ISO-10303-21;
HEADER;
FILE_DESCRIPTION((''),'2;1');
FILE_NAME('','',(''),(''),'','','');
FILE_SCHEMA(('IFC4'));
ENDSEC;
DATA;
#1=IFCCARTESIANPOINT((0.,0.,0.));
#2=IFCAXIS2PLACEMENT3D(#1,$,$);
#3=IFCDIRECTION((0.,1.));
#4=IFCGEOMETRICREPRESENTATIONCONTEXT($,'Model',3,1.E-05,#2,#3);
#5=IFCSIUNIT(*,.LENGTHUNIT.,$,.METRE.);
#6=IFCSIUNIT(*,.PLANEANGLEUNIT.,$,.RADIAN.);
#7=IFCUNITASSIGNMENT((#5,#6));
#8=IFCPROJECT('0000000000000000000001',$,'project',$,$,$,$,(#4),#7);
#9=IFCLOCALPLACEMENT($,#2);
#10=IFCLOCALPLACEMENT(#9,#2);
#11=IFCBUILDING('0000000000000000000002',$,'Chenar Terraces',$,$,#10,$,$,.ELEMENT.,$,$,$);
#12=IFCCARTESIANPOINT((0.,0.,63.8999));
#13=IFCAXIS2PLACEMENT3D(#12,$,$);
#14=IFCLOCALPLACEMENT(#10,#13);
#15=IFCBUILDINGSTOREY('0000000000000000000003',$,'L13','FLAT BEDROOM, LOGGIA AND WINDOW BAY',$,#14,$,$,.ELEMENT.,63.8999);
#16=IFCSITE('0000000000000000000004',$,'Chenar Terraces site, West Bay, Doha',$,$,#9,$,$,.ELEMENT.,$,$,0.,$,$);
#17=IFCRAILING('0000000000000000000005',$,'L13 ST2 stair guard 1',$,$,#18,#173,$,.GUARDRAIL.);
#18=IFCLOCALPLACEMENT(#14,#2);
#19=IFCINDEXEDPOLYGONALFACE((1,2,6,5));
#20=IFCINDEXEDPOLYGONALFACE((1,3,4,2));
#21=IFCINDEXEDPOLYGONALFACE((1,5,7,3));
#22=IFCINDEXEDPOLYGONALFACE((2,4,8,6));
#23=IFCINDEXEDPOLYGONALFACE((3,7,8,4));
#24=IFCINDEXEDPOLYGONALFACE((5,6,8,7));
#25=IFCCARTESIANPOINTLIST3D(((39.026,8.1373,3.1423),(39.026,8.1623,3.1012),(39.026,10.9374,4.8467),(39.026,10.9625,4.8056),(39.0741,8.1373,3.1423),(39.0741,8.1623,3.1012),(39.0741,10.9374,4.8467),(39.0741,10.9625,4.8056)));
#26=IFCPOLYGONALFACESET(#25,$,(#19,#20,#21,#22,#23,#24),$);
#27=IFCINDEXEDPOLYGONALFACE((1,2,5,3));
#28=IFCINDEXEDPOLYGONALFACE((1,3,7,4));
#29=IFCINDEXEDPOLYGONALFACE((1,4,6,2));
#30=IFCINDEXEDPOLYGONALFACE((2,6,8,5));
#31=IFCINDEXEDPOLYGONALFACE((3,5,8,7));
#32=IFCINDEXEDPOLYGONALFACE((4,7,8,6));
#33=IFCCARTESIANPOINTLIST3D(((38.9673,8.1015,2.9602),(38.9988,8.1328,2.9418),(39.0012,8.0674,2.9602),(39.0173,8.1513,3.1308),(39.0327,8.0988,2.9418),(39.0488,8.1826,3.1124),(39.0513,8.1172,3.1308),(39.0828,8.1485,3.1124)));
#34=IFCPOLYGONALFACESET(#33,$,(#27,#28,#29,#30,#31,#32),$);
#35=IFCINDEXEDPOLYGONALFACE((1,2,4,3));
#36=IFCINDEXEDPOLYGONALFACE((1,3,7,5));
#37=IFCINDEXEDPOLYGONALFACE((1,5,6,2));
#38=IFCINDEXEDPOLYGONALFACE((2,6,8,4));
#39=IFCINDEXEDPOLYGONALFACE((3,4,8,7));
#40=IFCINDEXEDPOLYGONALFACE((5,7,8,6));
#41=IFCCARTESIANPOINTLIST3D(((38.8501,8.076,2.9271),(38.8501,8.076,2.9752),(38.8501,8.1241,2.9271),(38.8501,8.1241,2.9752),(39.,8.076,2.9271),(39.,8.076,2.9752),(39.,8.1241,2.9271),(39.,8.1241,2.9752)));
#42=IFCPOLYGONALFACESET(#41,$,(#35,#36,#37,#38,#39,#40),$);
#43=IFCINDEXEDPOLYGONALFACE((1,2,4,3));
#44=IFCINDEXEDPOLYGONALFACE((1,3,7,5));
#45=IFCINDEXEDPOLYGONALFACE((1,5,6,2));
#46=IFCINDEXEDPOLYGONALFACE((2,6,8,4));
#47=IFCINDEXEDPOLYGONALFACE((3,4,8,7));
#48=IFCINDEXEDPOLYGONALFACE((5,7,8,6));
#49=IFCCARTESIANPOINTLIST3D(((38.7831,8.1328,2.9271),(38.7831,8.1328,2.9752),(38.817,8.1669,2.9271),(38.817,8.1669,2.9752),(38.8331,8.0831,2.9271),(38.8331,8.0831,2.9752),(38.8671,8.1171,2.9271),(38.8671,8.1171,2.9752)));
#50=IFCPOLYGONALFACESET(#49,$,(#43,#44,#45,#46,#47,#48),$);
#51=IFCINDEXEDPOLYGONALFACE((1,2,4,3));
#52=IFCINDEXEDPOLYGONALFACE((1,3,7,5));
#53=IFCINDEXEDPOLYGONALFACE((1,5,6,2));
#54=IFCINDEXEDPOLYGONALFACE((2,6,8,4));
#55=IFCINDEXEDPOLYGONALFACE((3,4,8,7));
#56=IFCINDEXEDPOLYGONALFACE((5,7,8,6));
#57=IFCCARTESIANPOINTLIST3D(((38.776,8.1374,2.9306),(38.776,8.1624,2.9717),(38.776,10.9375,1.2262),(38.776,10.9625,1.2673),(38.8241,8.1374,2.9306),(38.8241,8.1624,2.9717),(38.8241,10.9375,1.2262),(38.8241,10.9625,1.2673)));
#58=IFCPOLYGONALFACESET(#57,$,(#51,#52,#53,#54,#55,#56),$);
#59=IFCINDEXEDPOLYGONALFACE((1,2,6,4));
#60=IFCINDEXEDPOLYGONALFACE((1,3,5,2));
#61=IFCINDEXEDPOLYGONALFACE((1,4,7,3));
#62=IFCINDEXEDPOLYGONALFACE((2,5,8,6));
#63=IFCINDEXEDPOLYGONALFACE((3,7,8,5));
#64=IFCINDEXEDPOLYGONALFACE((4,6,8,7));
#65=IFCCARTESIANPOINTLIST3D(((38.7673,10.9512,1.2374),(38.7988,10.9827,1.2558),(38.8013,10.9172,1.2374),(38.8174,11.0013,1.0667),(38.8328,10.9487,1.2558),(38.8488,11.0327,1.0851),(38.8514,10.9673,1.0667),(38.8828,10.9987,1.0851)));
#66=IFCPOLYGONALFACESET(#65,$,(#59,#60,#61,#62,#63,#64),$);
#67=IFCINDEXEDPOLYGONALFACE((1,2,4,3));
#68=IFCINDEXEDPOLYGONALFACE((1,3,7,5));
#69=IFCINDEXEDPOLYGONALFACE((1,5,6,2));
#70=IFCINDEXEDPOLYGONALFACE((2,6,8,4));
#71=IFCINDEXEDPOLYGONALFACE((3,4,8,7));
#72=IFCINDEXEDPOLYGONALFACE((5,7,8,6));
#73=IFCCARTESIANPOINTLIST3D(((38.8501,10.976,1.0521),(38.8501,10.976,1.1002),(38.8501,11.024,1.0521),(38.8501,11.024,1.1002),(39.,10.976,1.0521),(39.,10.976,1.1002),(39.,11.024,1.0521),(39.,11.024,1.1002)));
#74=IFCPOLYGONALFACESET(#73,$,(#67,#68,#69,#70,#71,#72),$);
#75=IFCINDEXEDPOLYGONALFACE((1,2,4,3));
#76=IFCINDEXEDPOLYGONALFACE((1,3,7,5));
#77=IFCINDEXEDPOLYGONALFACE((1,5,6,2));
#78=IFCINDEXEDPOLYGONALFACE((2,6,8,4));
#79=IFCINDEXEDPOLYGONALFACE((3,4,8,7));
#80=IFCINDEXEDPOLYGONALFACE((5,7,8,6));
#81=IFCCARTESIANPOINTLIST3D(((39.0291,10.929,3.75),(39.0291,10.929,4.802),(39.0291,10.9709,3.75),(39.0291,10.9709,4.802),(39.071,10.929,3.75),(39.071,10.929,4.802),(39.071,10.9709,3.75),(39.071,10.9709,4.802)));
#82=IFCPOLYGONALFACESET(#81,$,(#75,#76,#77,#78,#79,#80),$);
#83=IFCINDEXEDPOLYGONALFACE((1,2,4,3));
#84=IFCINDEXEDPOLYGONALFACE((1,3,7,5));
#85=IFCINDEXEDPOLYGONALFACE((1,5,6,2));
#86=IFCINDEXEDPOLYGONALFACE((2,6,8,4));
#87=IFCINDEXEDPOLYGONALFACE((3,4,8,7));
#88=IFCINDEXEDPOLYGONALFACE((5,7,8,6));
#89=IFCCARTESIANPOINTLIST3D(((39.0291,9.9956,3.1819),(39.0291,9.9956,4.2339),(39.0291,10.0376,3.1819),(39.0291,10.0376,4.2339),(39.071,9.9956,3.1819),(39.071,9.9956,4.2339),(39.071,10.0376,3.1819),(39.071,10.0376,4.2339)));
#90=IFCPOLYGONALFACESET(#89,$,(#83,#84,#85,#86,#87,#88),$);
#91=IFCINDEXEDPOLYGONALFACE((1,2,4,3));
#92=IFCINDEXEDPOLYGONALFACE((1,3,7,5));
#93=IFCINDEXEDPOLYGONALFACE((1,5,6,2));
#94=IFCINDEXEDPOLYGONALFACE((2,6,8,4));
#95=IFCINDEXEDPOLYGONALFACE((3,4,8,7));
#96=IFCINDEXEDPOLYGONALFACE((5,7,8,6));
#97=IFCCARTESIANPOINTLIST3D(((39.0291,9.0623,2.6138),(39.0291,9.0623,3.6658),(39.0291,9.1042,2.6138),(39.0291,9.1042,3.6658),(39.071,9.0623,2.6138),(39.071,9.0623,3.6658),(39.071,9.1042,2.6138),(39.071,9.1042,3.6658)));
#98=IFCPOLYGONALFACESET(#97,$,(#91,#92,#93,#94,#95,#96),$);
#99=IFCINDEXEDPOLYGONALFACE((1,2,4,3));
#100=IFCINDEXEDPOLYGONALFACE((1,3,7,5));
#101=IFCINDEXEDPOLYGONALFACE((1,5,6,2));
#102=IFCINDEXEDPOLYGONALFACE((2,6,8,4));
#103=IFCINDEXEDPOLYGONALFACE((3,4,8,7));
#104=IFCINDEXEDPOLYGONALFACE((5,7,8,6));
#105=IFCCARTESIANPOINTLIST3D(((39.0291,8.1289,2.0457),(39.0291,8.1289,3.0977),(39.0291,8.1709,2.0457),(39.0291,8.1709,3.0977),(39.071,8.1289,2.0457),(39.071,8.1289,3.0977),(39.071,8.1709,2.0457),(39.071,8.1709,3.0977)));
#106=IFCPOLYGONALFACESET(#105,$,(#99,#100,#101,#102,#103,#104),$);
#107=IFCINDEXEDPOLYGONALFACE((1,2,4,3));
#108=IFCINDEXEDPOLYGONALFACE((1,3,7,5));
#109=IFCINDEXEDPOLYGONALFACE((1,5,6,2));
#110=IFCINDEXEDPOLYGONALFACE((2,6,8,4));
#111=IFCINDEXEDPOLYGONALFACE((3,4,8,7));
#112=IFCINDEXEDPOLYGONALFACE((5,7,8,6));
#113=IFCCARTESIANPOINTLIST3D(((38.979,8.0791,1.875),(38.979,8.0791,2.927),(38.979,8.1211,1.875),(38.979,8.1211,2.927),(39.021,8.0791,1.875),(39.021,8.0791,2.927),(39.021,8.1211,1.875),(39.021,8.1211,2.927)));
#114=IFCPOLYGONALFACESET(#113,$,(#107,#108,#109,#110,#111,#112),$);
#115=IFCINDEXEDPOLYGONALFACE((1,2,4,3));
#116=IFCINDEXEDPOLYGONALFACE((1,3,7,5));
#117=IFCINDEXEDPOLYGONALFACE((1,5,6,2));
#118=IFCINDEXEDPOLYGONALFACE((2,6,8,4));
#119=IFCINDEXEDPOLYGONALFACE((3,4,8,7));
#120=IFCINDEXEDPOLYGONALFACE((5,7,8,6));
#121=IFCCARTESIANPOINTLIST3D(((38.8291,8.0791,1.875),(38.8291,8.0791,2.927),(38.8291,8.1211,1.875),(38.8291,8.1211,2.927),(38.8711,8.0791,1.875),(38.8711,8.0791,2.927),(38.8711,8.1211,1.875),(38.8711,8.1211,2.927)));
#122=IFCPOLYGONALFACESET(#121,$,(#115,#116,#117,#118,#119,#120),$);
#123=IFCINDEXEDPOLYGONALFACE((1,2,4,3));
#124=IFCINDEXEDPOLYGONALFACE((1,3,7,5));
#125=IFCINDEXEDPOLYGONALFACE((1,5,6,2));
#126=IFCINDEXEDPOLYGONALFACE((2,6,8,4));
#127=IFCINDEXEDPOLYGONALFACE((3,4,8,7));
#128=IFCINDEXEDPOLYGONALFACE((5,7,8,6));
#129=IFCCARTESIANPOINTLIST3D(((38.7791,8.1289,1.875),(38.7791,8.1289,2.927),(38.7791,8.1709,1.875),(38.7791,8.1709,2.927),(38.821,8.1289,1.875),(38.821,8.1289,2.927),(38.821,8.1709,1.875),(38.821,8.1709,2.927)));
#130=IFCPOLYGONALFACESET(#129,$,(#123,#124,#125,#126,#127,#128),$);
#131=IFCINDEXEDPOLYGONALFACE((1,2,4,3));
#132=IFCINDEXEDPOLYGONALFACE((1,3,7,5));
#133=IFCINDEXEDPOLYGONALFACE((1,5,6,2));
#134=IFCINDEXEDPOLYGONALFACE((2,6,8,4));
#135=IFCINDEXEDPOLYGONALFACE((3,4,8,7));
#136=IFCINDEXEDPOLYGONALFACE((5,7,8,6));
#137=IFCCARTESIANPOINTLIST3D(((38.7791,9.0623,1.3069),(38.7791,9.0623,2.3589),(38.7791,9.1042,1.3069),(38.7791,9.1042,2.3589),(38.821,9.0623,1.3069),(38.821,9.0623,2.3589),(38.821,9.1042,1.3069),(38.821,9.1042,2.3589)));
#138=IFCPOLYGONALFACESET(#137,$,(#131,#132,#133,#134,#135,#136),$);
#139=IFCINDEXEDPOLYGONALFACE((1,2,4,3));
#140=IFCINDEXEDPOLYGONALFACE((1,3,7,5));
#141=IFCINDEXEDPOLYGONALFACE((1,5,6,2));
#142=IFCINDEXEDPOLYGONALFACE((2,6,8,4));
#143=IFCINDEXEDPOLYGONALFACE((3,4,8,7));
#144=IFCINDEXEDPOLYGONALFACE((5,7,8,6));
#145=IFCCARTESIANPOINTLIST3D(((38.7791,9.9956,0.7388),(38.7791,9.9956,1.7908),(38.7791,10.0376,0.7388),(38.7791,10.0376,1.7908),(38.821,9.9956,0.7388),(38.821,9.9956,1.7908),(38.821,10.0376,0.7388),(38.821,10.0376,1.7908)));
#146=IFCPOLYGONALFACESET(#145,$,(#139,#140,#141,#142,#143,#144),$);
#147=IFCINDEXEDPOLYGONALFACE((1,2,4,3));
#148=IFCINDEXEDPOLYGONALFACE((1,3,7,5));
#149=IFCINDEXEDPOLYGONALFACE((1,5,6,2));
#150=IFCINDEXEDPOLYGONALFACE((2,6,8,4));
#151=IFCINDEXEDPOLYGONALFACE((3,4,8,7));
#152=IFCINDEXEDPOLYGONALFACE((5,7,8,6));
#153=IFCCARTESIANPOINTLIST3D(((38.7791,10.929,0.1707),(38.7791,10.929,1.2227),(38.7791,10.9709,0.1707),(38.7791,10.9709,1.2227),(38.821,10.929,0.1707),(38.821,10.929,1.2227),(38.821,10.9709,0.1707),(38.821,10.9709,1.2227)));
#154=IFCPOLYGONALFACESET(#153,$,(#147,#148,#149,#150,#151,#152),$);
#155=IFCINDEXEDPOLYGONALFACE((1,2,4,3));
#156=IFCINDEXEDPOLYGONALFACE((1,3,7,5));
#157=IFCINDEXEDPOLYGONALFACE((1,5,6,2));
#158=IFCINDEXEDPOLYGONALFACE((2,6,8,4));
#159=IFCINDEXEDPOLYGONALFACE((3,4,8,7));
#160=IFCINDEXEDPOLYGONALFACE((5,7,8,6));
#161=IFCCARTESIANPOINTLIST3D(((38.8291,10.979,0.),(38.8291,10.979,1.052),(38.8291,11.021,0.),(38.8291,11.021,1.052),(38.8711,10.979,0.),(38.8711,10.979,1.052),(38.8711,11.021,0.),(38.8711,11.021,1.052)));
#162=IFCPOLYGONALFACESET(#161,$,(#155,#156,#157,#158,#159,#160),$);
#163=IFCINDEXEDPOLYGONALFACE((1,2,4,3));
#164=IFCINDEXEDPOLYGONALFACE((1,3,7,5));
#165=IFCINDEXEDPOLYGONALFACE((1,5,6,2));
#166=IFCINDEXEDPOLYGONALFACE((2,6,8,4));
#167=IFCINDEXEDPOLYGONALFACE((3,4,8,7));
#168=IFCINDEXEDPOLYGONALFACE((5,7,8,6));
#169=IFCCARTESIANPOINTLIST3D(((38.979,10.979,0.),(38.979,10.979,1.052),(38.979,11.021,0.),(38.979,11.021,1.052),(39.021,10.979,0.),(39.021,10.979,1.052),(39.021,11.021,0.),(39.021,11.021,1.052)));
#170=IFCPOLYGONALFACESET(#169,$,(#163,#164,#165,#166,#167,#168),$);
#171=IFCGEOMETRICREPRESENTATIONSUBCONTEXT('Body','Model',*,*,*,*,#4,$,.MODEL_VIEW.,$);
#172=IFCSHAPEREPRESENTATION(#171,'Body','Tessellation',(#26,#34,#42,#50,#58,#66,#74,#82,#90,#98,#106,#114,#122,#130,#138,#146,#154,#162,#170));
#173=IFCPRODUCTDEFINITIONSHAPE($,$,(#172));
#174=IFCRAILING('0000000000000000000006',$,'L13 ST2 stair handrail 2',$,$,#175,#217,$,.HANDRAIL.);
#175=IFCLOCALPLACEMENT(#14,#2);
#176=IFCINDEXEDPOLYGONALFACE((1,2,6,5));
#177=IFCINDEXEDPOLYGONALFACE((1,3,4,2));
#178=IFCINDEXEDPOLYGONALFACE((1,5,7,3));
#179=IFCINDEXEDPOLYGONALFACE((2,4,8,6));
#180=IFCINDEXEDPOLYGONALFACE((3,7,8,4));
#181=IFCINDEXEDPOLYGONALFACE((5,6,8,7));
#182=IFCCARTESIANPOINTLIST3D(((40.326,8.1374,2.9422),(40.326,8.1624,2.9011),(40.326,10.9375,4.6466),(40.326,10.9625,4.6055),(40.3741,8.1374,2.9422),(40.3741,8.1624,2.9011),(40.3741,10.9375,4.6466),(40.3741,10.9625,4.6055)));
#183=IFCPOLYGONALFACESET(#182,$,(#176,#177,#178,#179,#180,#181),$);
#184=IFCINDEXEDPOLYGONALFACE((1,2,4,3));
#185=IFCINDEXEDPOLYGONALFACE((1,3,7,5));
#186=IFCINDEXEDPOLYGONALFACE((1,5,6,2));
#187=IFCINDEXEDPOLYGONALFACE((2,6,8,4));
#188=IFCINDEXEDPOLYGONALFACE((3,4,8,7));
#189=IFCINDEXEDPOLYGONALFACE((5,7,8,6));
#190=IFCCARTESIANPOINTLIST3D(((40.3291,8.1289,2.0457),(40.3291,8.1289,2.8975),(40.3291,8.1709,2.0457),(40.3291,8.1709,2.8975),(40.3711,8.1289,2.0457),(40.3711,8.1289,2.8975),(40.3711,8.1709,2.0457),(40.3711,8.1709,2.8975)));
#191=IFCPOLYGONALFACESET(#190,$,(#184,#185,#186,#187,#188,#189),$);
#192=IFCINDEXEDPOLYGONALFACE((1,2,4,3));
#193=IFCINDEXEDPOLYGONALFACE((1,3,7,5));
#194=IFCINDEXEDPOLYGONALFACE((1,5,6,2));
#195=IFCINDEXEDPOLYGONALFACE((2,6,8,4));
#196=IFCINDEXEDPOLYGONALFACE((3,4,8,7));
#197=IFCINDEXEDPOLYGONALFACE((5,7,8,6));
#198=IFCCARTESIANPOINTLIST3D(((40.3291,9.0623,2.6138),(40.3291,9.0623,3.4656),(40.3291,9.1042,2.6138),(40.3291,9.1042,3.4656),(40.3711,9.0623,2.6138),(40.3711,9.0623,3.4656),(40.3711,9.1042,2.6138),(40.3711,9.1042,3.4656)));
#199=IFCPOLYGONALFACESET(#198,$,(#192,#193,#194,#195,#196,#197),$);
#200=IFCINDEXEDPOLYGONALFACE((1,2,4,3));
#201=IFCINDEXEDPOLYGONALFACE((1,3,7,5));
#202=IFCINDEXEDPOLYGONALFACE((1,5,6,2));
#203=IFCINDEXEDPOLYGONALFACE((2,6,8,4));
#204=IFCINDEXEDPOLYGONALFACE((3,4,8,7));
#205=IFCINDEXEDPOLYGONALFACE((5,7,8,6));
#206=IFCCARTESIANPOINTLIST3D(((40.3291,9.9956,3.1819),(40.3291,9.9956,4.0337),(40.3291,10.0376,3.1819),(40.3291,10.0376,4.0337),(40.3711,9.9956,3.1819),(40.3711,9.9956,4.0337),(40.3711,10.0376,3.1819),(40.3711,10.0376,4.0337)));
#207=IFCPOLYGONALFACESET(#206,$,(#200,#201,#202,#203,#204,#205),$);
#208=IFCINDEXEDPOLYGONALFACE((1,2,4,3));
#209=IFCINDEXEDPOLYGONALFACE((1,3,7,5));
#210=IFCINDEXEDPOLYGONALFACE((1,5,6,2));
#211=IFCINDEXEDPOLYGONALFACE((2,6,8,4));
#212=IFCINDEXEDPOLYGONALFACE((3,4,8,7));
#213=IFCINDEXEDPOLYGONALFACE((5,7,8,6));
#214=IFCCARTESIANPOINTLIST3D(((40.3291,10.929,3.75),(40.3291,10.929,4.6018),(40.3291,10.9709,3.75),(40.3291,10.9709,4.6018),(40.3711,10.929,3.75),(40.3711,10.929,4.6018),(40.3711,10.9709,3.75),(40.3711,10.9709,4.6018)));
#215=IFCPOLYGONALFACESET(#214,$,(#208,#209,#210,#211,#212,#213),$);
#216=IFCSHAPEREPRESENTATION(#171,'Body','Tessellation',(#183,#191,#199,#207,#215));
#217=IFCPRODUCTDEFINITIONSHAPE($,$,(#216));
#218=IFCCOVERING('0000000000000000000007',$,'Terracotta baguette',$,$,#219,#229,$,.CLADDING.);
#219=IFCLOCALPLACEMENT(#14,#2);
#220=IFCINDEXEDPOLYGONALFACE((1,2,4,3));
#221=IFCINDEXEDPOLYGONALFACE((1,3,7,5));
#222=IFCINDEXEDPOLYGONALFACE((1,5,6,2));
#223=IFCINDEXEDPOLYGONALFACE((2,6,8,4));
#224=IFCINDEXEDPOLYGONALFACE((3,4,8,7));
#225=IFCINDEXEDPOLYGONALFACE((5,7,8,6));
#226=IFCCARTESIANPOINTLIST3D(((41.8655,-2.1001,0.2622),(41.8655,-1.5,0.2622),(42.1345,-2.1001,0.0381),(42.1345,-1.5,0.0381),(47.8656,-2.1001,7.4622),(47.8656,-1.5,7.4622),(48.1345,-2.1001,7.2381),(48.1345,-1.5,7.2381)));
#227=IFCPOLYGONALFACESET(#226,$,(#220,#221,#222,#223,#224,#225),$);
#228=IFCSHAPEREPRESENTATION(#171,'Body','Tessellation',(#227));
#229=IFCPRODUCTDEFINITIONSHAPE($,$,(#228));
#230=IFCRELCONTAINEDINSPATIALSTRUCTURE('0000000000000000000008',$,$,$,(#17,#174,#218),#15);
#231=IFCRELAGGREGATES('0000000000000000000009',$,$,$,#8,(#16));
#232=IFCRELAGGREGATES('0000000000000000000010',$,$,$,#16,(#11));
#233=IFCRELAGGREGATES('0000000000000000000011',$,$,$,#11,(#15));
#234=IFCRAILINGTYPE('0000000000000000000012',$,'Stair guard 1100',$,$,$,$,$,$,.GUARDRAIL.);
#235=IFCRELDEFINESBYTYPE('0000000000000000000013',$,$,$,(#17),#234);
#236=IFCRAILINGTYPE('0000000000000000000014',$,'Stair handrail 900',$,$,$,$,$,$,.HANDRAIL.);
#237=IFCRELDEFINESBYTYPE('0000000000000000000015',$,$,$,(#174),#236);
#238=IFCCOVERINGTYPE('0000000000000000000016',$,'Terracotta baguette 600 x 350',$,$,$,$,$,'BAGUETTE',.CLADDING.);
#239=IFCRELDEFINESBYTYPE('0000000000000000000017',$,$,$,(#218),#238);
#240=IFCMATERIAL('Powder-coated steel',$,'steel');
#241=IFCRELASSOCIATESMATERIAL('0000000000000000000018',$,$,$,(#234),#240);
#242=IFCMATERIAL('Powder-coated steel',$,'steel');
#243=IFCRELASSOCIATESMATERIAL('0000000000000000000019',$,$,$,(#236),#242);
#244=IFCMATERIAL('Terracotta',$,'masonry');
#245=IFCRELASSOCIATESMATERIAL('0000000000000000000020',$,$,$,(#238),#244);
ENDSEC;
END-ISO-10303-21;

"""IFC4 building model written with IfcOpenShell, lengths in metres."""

from ifc_helpers import new_model, si_unit, direction, frame, origin, origin_2d, place, context, subcontext, project, spatial, rectangle, extrude, material, material_profile, profile_set, type_object, element, save


model = new_model("IFC4")

# Units and contexts
model_context = context("Model", 3, precision=1e-05, world=origin(), true_north=direction((0.0, 1.0)))
body_context = subcontext(model_context, "Body", "Model", "MODEL_VIEW")
ifc_project = project(units=[si_unit("LENGTHUNIT", "METRE"), si_unit("PLANEANGLEUNIT", "RADIAN")], contexts=[model_context])

# Site, building, storey
site_placement = place(None, origin())
site = spatial("IfcSite", under=ifc_project, at=site_placement, Name="Chenar Terraces site, West Bay, Doha", CompositionType="ELEMENT", RefElevation=0.0)
building_placement = place(site_placement, origin())
building = spatial("IfcBuilding", under=site, at=building_placement, Name="Chenar Terraces", CompositionType="ELEMENT")
storey_placement = place(building_placement, frame((0.0, 0.0, 63.8999)))
storey = spatial("IfcBuildingStorey", under=building, at=storey_placement, Name="L13", Description="FLAT BEDROOM, LOGGIA AND WINDOW BAY", CompositionType="ELEMENT", Elevation=63.8999)

# Railings
ifc_material_1 = material(Name="Powder-coated steel", Category="steel")
railing_type_1 = type_object("IfcRailingType", Name="Stair guard 1100", PredefinedType="GUARDRAIL", material=ifc_material_1)
railing_1_placement = place(storey_placement, frame((39.05, 10.95, 3.75)))
element("IfcRailing", 1, at=railing_1_placement, inside=storey, type_object=railing_type_1, Name="L13 ST2 stair guard 1", PredefinedType="GUARDRAIL", context=body_context, shape_type="SweptSolid", body=[
    extrude(rectangle(XDim=0.0481, YDim=0.0481, at=origin_2d()), frame((0.0, 0.0, 1.0762), z_axis=(0.0, -0.854203, -0.51994), x_axis=(1.0, 0.0, 0.0)), (0.0, 0.0, 1.0), 3.2781),
    extrude(rectangle(XDim=0.0481, YDim=0.0481, at=origin_2d()), frame((0.0, -2.8, -0.6284), z_axis=(-0.270997, -0.269675, -0.924033), x_axis=(0.705376, -0.708834, 0.0)), (0.0, 0.0, 1.0), 0.1846),
    extrude(rectangle(XDim=0.0481, YDim=0.0481, at=origin_2d()), frame((-0.05, -2.8499, -0.7988), z_axis=(-1.0, 0.0, 0.0), x_axis=(0.0, -1.0, 0.0)), (0.0, 0.0, 1.0), 0.1499),
    extrude(rectangle(XDim=0.0481, YDim=0.0481, at=origin_2d()), frame((-0.2, -2.8499, -0.7988), z_axis=(-0.708834, 0.705376, 0.0), x_axis=(-0.705376, -0.708834, 0.0)), (0.0, 0.0, 1.0), 0.0706),
    extrude(rectangle(XDim=0.0481, YDim=0.0481, at=origin_2d()), frame((-0.25, -2.8, -0.7988), z_axis=(0.0, 0.854203, -0.51994), x_axis=(-1.0, 0.0, 0.0)), (0.0, 0.0, 1.0), 3.2781),
    extrude(rectangle(XDim=0.0481, YDim=0.0481, at=origin_2d()), frame((-0.25, 0.0, -2.5034), z_axis=(0.2709, 0.2709, -0.923703), x_axis=(-0.707107, 0.707107, 0.0)), (0.0, 0.0, 1.0), 0.1848),
    extrude(rectangle(XDim=0.0481, YDim=0.0481, at=origin_2d()), frame((-0.2, 0.05, -2.6738), z_axis=(1.0, 0.0, 0.0), x_axis=(0.0, 1.0, 0.0)), (0.0, 0.0, 1.0), 0.1499),
    extrude(rectangle(XDim=0.042, YDim=0.042, at=origin_2d()), origin(), (0.0, 0.0, 1.0), 1.052),
    extrude(rectangle(XDim=0.042, YDim=0.042, at=origin_2d()), frame((0.0, -0.9333, -0.5681)), (0.0, 0.0, 1.0), 1.052),
    extrude(rectangle(XDim=0.042, YDim=0.042, at=origin_2d()), frame((0.0, -1.8667, -1.1362)), (0.0, 0.0, 1.0), 1.052),
    extrude(rectangle(XDim=0.042, YDim=0.042, at=origin_2d()), frame((0.0, -2.8, -1.7043)), (0.0, 0.0, 1.0), 1.052),
    extrude(rectangle(XDim=0.042, YDim=0.042, at=origin_2d()), frame((-0.05, -2.8499, -1.875)), (0.0, 0.0, 1.0), 1.052),
    extrude(rectangle(XDim=0.042, YDim=0.042, at=origin_2d()), frame((-0.2, -2.8499, -1.875)), (0.0, 0.0, 1.0), 1.052),
    extrude(rectangle(XDim=0.042, YDim=0.042, at=origin_2d()), frame((-0.25, -2.8, -1.875)), (0.0, 0.0, 1.0), 1.052),
    extrude(rectangle(XDim=0.042, YDim=0.042, at=origin_2d()), frame((-0.25, -1.8667, -2.4431)), (0.0, 0.0, 1.0), 1.052),
    extrude(rectangle(XDim=0.042, YDim=0.042, at=origin_2d()), frame((-0.25, -0.9333, -3.0112)), (0.0, 0.0, 1.0), 1.052),
    extrude(rectangle(XDim=0.042, YDim=0.042, at=origin_2d()), frame((-0.25, 0.0, -3.5793)), (0.0, 0.0, 1.0), 1.052),
    extrude(rectangle(XDim=0.042, YDim=0.042, at=origin_2d()), frame((-0.2, 0.05, -3.75)), (0.0, 0.0, 1.0), 1.052),
    extrude(rectangle(XDim=0.042, YDim=0.042, at=origin_2d()), frame((-0.05, 0.05, -3.75)), (0.0, 0.0, 1.0), 1.052),
])
ifc_material_2 = material(Name="Powder-coated steel", Category="steel")
railing_type_2 = type_object("IfcRailingType", Name="Stair handrail 900", PredefinedType="HANDRAIL", material=ifc_material_2)
railing_2_placement = place(storey_placement, frame((40.3501, 8.1499, 2.0457)))
element("IfcRailing", 2, at=railing_2_placement, inside=storey, type_object=railing_type_2, Name="L13 ST2 stair handrail 2", PredefinedType="HANDRAIL", context=body_context, shape_type="SweptSolid", body=[
    extrude(rectangle(XDim=0.0481, YDim=0.0481, at=origin_2d()), frame((0.0, 0.0, 0.876), z_axis=(0.0, 0.854203, 0.51994), x_axis=(-1.0, 0.0, 0.0)), (0.0, 0.0, 1.0), 3.2781),
    extrude(rectangle(XDim=0.042, YDim=0.042, at=origin_2d()), origin(), (0.0, 0.0, 1.0), 0.8518),
    extrude(rectangle(XDim=0.042, YDim=0.042, at=origin_2d()), frame((0.0, 0.9333, 0.5681)), (0.0, 0.0, 1.0), 0.8518),
    extrude(rectangle(XDim=0.042, YDim=0.042, at=origin_2d()), frame((0.0, 1.8667, 1.1362)), (0.0, 0.0, 1.0), 0.8518),
    extrude(rectangle(XDim=0.042, YDim=0.042, at=origin_2d()), frame((0.0, 2.8, 1.7043)), (0.0, 0.0, 1.0), 0.8518),
])

# Covering
ifc_material_3 = material(Name="Terracotta", Category="masonry")
ifc_material_profile_1 = material_profile(ifc_material_3, rectangle(XDim=0.6001, YDim=0.3501, at=origin_2d()), Name="Terracotta baguette 600 x 350")
ifc_profile_set_1 = profile_set([ifc_material_profile_1], Name="Terracotta")
covering_type = type_object("IfcCoveringType", Name="Terracotta baguette 600 x 350", ElementType="BAGUETTE", PredefinedType="CLADDING", material=ifc_profile_set_1)
for number, where, z_axis, x_axis, name in (
    (3, (42.0, -1.8, 0.1501), (0.640187, 0.0, 0.768219), (0.0, 1.0, 0.0), "Terracotta baguette"),
):
    element("IfcCovering", number, at=place(storey_placement, frame(where, z_axis=z_axis, x_axis=x_axis)), inside=storey, type_object=covering_type, Name=name, PredefinedType="CLADDING", context=body_context, shape_type="SweptSolid", body=[
        extrude(rectangle(XDim=0.6001, YDim=0.3501, at=origin_2d()), origin(), (0.0, 0.0, 1.0), 9.3723),
    ])

save(model, "model.ifc")
